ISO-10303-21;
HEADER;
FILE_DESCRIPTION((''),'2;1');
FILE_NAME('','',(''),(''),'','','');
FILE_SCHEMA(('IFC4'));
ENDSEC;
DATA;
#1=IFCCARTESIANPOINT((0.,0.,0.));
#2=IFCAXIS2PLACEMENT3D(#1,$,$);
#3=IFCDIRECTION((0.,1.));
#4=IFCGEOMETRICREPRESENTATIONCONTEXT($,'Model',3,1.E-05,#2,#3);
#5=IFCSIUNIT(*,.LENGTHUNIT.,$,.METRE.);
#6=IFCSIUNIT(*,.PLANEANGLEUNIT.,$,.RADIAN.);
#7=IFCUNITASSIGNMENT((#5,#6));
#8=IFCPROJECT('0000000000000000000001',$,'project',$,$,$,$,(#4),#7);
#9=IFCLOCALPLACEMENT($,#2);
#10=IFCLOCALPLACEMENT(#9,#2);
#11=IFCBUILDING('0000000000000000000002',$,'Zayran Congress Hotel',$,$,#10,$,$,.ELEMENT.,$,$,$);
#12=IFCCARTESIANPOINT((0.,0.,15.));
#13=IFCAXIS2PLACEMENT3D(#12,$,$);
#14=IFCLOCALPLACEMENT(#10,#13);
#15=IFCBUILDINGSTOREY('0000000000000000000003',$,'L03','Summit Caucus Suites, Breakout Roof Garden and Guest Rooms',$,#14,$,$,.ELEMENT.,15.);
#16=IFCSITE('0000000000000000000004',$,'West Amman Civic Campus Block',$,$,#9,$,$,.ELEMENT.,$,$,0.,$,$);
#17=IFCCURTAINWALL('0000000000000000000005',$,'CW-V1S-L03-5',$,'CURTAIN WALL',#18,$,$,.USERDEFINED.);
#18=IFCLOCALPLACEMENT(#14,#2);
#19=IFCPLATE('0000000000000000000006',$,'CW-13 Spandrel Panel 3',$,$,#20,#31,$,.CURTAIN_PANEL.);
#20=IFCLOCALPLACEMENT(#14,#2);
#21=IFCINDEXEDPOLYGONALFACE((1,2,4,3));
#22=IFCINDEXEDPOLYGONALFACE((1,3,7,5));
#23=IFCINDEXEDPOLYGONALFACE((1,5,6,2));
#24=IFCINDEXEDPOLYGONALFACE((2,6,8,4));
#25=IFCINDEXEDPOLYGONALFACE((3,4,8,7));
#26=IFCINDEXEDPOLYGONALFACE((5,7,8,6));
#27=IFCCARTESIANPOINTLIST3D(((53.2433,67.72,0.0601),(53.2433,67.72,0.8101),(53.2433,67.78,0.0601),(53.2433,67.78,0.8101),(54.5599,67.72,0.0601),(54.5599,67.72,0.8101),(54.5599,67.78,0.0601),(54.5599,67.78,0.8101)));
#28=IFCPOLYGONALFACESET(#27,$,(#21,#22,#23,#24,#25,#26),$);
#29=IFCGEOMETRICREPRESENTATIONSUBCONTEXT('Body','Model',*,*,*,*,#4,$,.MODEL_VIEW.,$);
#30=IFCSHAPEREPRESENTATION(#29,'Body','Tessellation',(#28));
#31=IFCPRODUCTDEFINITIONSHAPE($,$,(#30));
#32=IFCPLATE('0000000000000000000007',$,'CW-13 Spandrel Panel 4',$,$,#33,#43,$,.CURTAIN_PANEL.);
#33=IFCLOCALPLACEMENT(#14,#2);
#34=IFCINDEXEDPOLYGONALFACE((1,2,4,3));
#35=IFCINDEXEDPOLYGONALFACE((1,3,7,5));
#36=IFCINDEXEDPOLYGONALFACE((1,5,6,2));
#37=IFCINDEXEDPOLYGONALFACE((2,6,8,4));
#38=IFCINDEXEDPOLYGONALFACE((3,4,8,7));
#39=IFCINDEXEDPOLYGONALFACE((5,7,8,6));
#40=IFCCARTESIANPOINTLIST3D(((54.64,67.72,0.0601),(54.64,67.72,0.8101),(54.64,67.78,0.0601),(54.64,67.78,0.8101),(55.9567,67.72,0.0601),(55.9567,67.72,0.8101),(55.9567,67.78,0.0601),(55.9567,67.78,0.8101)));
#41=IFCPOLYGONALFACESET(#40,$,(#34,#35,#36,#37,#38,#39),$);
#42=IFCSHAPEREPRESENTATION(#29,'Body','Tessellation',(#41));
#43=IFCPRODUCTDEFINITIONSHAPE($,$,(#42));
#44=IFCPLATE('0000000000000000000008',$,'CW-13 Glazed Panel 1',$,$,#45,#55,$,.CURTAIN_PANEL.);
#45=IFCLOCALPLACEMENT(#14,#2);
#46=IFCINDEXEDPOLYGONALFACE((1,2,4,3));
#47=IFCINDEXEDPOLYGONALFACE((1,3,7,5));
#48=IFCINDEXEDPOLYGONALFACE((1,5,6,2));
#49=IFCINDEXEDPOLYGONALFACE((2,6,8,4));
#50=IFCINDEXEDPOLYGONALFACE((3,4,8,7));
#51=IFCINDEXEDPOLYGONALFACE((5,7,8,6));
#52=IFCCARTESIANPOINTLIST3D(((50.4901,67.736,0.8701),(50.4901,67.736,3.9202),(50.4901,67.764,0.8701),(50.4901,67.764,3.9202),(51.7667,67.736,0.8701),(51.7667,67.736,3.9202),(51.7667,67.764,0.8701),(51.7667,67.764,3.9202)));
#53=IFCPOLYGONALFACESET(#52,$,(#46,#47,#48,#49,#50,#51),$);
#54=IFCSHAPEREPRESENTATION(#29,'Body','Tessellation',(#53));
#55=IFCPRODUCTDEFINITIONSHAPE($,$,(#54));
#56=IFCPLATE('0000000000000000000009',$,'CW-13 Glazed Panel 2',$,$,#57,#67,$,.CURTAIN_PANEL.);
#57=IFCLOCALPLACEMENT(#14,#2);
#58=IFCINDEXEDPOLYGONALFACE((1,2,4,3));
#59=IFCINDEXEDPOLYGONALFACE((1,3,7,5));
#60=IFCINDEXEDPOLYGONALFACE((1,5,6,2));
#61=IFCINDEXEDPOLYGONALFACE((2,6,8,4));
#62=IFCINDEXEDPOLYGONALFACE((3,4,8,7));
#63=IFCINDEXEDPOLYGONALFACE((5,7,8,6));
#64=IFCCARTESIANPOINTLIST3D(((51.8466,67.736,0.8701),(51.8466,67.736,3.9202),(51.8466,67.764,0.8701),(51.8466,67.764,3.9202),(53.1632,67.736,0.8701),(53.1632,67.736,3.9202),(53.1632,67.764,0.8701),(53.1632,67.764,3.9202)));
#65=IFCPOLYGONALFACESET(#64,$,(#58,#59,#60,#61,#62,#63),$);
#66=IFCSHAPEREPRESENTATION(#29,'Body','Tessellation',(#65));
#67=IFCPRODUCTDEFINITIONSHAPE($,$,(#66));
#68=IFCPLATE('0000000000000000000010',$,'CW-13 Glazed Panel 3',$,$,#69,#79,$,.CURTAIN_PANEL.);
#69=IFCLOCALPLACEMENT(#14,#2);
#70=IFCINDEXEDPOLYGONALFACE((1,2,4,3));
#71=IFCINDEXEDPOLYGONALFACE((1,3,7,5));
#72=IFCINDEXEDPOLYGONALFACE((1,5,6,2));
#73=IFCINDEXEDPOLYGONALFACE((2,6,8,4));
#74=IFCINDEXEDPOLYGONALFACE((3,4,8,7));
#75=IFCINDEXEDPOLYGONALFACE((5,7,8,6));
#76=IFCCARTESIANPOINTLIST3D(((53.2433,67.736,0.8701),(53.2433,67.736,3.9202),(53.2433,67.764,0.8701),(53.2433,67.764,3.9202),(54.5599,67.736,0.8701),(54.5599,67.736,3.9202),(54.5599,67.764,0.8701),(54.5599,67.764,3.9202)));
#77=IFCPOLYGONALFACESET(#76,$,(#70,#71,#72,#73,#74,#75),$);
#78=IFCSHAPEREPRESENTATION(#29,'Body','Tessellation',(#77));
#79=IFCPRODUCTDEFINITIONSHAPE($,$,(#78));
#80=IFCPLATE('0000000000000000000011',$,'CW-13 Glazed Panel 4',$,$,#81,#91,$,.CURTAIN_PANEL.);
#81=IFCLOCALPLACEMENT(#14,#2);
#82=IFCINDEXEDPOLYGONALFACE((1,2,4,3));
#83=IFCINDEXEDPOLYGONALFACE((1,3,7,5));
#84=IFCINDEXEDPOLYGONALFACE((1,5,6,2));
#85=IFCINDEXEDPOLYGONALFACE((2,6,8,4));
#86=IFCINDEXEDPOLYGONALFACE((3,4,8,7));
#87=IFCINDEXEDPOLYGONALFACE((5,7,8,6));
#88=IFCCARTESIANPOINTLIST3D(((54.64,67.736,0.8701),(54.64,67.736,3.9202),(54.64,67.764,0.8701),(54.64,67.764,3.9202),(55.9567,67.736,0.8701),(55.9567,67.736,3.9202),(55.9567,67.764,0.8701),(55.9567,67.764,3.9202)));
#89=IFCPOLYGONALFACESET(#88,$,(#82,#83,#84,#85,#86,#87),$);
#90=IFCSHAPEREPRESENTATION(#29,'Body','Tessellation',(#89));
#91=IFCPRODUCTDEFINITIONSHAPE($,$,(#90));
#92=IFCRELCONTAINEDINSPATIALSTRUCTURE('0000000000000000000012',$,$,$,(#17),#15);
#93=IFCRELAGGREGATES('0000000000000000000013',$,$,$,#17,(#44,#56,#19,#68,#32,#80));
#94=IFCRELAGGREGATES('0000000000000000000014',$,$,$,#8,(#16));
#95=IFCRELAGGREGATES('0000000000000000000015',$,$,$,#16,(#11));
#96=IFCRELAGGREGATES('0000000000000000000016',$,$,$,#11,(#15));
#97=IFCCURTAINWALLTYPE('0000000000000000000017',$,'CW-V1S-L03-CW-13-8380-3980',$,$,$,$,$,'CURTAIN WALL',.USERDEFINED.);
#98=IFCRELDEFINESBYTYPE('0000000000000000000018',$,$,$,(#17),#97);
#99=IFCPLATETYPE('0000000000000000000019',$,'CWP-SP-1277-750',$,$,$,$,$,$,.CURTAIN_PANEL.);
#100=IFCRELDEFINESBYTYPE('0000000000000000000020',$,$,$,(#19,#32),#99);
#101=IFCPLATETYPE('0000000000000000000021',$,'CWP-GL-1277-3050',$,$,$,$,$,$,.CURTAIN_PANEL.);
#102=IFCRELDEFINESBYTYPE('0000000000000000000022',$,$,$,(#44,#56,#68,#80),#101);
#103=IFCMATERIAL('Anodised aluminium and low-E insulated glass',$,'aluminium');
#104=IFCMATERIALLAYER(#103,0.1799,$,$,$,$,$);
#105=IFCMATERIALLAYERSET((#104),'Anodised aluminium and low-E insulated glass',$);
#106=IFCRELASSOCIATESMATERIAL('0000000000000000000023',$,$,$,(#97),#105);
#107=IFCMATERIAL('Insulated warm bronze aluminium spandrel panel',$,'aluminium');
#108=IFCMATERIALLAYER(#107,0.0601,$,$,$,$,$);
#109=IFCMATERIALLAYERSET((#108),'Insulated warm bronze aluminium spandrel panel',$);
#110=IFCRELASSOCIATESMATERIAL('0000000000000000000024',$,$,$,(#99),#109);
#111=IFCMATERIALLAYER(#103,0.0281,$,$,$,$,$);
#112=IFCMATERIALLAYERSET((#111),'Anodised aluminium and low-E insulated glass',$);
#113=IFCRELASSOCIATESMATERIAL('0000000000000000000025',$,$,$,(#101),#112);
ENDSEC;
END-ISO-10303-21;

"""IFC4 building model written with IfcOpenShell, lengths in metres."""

from ifc_helpers import new_model, si_unit, direction, frame, origin, origin_2d, place, context, subcontext, project, spatial, rectangle, extrude, material, layer, layer_set, type_object, element, aggregate, save


model = new_model("IFC4")

# Units and contexts
model_context = context("Model", 3, precision=1e-05, world=origin(), true_north=direction((0.0, 1.0)))
body_context = subcontext(model_context, "Body", "Model", "MODEL_VIEW")
ifc_project = project(units=[si_unit("LENGTHUNIT", "METRE"), si_unit("PLANEANGLEUNIT", "RADIAN")], contexts=[model_context])

# Site, building, storey
site_placement = place(None, origin())
site = spatial("IfcSite", under=ifc_project, at=site_placement, Name="West Amman Civic Campus Block", CompositionType="ELEMENT", RefElevation=0.0)
building_placement = place(site_placement, origin())
building = spatial("IfcBuilding", under=site, at=building_placement, Name="Zayran Congress Hotel", CompositionType="ELEMENT")
storey_placement = place(building_placement, frame((0.0, 0.0, 15.0)))
storey = spatial("IfcBuildingStorey", under=building, at=storey_placement, Name="L03", Description="Summit Caucus Suites, Breakout Roof Garden and Guest Rooms", CompositionType="ELEMENT", Elevation=15.0)

# Curtain wall, plates
ifc_material_1 = material(Name="Anodised aluminium and low-E insulated glass", Category="aluminium")
ifc_layer_1 = layer(ifc_material_1, 0.1799)
ifc_layer_set_1 = layer_set([ifc_layer_1], Name="Anodised aluminium and low-E insulated glass")
curtain_wall_type = type_object("IfcCurtainWallType", Name="CW-V1S-L03-CW-13-8380-3980", ElementType="CURTAIN WALL", PredefinedType="USERDEFINED", material=ifc_layer_set_1)
curtain_wall_placement = place(storey_placement, origin())
curtain_wall = element("IfcCurtainWall", 1, at=curtain_wall_placement, inside=storey, type_object=curtain_wall_type, Name="CW-V1S-L03-5", ObjectType="CURTAIN WALL", PredefinedType="USERDEFINED")
ifc_material_2 = material(Name="Insulated warm bronze aluminium spandrel panel", Category="aluminium")
ifc_layer_2 = layer(ifc_material_2, 0.0601)
ifc_layer_set_2 = layer_set([ifc_layer_2], Name="Insulated warm bronze aluminium spandrel panel")
plate_type_1 = type_object("IfcPlateType", Name="CWP-SP-1277-750", PredefinedType="CURTAIN_PANEL", material=ifc_layer_set_2)
plate_1_placement = place(storey_placement, frame((53.9016, 67.75, 0.0601), z_axis=(0.0, 0.0, 1.0), x_axis=(1.0, 0.0, 0.0)))
plate_1 = element("IfcPlate", 2, at=plate_1_placement, type_object=plate_type_1, Name="CW-13 Spandrel Panel 3", PredefinedType="CURTAIN_PANEL", context=body_context, shape_type="SweptSolid", body=[
    extrude(rectangle(XDim=1.3167, YDim=0.0601, at=origin_2d()), origin(), (0.0, 0.0, 1.0), 0.75),
])
plate_2_placement = place(storey_placement, frame((55.2983, 67.75, 0.0601), z_axis=(0.0, 0.0, 1.0), x_axis=(1.0, 0.0, 0.0)))
plate_2 = element("IfcPlate", 3, at=plate_2_placement, type_object=plate_type_1, Name="CW-13 Spandrel Panel 4", PredefinedType="CURTAIN_PANEL", context=body_context, shape_type="SweptSolid", body=[
    extrude(rectangle(XDim=1.3167, YDim=0.0601, at=origin_2d()), origin(), (0.0, 0.0, 1.0), 0.75),
])
ifc_layer_3 = layer(ifc_material_1, 0.0281)
ifc_layer_set_3 = layer_set([ifc_layer_3], Name="Anodised aluminium and low-E insulated glass")
plate_type_2 = type_object("IfcPlateType", Name="CWP-GL-1277-3050", PredefinedType="CURTAIN_PANEL", material=ifc_layer_set_3)
plate_3_placement = place(storey_placement, frame((51.1284, 67.75, 0.8701), z_axis=(0.0, 0.0, 1.0), x_axis=(1.0, 0.0, 0.0)))
plate_3 = element("IfcPlate", 4, at=plate_3_placement, type_object=plate_type_2, Name="CW-13 Glazed Panel 1", PredefinedType="CURTAIN_PANEL", context=body_context, shape_type="SweptSolid", body=[
    extrude(rectangle(XDim=1.2766, YDim=0.0281, at=origin_2d()), origin(), (0.0, 0.0, 1.0), 3.05),
])
plate_4_placement = place(storey_placement, frame((52.5049, 67.75, 0.8701), z_axis=(0.0, 0.0, 1.0), x_axis=(1.0, 0.0, 0.0)))
plate_4 = element("IfcPlate", 5, at=plate_4_placement, type_object=plate_type_2, Name="CW-13 Glazed Panel 2", PredefinedType="CURTAIN_PANEL", context=body_context, shape_type="SweptSolid", body=[
    extrude(rectangle(XDim=1.3167, YDim=0.0281, at=origin_2d()), origin(), (0.0, 0.0, 1.0), 3.05),
])
plate_5_placement = place(storey_placement, frame((53.9016, 67.75, 0.8701), z_axis=(0.0, 0.0, 1.0), x_axis=(1.0, 0.0, 0.0)))
plate_5 = element("IfcPlate", 6, at=plate_5_placement, type_object=plate_type_2, Name="CW-13 Glazed Panel 3", PredefinedType="CURTAIN_PANEL", context=body_context, shape_type="SweptSolid", body=[
    extrude(rectangle(XDim=1.3167, YDim=0.0281, at=origin_2d()), origin(), (0.0, 0.0, 1.0), 3.05),
])
plate_6_placement = place(storey_placement, frame((55.2983, 67.75, 0.8701), z_axis=(0.0, 0.0, 1.0), x_axis=(1.0, 0.0, 0.0)))
plate_6 = element("IfcPlate", 7, at=plate_6_placement, type_object=plate_type_2, Name="CW-13 Glazed Panel 4", PredefinedType="CURTAIN_PANEL", context=body_context, shape_type="SweptSolid", body=[
    extrude(rectangle(XDim=1.3167, YDim=0.0281, at=origin_2d()), origin(), (0.0, 0.0, 1.0), 3.05),
])
aggregate(curtain_wall, [plate_3, plate_4, plate_1, plate_5, plate_2, plate_6])

save(model, "model.ifc")
